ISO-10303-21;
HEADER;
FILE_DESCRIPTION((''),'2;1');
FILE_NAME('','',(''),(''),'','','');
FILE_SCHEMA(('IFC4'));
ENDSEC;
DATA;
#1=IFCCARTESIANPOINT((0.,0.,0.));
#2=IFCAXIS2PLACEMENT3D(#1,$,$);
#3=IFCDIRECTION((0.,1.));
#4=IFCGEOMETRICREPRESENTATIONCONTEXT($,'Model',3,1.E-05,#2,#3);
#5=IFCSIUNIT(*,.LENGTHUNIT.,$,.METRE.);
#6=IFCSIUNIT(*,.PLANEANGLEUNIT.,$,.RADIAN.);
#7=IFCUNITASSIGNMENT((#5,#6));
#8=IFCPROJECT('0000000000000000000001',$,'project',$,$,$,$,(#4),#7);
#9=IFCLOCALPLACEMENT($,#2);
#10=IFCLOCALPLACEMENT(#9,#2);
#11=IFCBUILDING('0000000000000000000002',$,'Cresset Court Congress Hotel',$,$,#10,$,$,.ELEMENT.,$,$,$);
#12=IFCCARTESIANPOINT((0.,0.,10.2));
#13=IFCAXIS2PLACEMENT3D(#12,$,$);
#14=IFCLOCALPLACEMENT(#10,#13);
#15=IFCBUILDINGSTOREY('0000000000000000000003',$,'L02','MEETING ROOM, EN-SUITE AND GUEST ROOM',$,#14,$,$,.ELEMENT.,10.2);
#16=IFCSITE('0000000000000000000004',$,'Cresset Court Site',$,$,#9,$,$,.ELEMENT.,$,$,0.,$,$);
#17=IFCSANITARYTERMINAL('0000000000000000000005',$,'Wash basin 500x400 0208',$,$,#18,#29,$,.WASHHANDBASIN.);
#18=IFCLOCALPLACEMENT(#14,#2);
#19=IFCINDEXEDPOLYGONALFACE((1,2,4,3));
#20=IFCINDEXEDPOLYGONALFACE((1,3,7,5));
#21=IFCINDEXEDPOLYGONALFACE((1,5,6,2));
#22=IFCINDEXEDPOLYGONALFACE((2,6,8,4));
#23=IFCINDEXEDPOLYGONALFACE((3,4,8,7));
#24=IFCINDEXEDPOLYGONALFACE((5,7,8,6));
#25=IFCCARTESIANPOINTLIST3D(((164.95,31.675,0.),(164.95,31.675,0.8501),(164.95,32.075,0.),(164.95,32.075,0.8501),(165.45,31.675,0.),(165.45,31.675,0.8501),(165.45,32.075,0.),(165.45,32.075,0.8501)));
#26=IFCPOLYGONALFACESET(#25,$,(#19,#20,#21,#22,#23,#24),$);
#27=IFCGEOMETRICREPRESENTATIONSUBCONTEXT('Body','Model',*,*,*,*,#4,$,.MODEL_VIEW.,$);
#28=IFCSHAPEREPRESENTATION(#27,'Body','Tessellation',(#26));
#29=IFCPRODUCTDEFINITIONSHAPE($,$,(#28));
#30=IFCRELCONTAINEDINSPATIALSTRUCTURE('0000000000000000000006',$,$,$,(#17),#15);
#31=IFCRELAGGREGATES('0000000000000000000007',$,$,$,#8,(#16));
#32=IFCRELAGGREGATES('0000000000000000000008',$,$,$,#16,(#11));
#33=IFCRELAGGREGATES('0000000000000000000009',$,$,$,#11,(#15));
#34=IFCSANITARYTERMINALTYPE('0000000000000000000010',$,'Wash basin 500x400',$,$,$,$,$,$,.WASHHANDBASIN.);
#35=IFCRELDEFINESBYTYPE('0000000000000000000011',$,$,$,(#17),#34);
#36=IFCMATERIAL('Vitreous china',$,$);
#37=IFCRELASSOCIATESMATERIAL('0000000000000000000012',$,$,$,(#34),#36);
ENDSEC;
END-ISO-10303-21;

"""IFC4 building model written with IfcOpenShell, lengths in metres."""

from ifc_helpers import new_model, si_unit, direction, frame, origin, origin_2d, place, context, subcontext, project, spatial, rectangle, extrude, material, type_object, element, save


model = new_model("IFC4")

# Units and contexts
model_context = context("Model", 3, precision=1e-05, world=origin(), true_north=direction((0.0, 1.0)))
body_context = subcontext(model_context, "Body", "Model", "MODEL_VIEW")
ifc_project = project(units=[si_unit("LENGTHUNIT", "METRE"), si_unit("PLANEANGLEUNIT", "RADIAN")], contexts=[model_context])

# Site, building, storey
site_placement = place(None, origin())
site = spatial("IfcSite", under=ifc_project, at=site_placement, Name="Cresset Court Site", CompositionType="ELEMENT", RefElevation=0.0)
building_placement = place(site_placement, origin())
building = spatial("IfcBuilding", under=site, at=building_placement, Name="Cresset Court Congress Hotel", CompositionType="ELEMENT")
storey_placement = place(building_placement, frame((0.0, 0.0, 10.2)))
storey = spatial("IfcBuildingStorey", under=building, at=storey_placement, Name="L02", Description="MEETING ROOM, EN-SUITE AND GUEST ROOM", CompositionType="ELEMENT", Elevation=10.2)

# Sanitary terminal
ifc_material_1 = material(Name="Vitreous china")
sanitary_terminal_type_1 = type_object("IfcSanitaryTerminalType", Name="Wash basin 500x400", PredefinedType="WASHHANDBASIN", material=ifc_material_1)
for number, where, z_axis, x_axis, name in (
    (1, (165.2, 31.875, 0.0), (0.0, 0.0, 1.0), (1.0, 0.0, 0.0), "Wash basin 500x400 0208"),
):
    element("IfcSanitaryTerminal", number, at=place(storey_placement, frame(where, z_axis=z_axis, x_axis=x_axis)), inside=storey, type_object=sanitary_terminal_type_1, Name=name, PredefinedType="WASHHANDBASIN", context=body_context, shape_type="SweptSolid", body=[
        extrude(rectangle(XDim=0.5, YDim=0.3999, at=origin_2d()), origin(), (0.0, 0.0, 1.0), 0.8501),
    ])

save(model, "model.ifc")
